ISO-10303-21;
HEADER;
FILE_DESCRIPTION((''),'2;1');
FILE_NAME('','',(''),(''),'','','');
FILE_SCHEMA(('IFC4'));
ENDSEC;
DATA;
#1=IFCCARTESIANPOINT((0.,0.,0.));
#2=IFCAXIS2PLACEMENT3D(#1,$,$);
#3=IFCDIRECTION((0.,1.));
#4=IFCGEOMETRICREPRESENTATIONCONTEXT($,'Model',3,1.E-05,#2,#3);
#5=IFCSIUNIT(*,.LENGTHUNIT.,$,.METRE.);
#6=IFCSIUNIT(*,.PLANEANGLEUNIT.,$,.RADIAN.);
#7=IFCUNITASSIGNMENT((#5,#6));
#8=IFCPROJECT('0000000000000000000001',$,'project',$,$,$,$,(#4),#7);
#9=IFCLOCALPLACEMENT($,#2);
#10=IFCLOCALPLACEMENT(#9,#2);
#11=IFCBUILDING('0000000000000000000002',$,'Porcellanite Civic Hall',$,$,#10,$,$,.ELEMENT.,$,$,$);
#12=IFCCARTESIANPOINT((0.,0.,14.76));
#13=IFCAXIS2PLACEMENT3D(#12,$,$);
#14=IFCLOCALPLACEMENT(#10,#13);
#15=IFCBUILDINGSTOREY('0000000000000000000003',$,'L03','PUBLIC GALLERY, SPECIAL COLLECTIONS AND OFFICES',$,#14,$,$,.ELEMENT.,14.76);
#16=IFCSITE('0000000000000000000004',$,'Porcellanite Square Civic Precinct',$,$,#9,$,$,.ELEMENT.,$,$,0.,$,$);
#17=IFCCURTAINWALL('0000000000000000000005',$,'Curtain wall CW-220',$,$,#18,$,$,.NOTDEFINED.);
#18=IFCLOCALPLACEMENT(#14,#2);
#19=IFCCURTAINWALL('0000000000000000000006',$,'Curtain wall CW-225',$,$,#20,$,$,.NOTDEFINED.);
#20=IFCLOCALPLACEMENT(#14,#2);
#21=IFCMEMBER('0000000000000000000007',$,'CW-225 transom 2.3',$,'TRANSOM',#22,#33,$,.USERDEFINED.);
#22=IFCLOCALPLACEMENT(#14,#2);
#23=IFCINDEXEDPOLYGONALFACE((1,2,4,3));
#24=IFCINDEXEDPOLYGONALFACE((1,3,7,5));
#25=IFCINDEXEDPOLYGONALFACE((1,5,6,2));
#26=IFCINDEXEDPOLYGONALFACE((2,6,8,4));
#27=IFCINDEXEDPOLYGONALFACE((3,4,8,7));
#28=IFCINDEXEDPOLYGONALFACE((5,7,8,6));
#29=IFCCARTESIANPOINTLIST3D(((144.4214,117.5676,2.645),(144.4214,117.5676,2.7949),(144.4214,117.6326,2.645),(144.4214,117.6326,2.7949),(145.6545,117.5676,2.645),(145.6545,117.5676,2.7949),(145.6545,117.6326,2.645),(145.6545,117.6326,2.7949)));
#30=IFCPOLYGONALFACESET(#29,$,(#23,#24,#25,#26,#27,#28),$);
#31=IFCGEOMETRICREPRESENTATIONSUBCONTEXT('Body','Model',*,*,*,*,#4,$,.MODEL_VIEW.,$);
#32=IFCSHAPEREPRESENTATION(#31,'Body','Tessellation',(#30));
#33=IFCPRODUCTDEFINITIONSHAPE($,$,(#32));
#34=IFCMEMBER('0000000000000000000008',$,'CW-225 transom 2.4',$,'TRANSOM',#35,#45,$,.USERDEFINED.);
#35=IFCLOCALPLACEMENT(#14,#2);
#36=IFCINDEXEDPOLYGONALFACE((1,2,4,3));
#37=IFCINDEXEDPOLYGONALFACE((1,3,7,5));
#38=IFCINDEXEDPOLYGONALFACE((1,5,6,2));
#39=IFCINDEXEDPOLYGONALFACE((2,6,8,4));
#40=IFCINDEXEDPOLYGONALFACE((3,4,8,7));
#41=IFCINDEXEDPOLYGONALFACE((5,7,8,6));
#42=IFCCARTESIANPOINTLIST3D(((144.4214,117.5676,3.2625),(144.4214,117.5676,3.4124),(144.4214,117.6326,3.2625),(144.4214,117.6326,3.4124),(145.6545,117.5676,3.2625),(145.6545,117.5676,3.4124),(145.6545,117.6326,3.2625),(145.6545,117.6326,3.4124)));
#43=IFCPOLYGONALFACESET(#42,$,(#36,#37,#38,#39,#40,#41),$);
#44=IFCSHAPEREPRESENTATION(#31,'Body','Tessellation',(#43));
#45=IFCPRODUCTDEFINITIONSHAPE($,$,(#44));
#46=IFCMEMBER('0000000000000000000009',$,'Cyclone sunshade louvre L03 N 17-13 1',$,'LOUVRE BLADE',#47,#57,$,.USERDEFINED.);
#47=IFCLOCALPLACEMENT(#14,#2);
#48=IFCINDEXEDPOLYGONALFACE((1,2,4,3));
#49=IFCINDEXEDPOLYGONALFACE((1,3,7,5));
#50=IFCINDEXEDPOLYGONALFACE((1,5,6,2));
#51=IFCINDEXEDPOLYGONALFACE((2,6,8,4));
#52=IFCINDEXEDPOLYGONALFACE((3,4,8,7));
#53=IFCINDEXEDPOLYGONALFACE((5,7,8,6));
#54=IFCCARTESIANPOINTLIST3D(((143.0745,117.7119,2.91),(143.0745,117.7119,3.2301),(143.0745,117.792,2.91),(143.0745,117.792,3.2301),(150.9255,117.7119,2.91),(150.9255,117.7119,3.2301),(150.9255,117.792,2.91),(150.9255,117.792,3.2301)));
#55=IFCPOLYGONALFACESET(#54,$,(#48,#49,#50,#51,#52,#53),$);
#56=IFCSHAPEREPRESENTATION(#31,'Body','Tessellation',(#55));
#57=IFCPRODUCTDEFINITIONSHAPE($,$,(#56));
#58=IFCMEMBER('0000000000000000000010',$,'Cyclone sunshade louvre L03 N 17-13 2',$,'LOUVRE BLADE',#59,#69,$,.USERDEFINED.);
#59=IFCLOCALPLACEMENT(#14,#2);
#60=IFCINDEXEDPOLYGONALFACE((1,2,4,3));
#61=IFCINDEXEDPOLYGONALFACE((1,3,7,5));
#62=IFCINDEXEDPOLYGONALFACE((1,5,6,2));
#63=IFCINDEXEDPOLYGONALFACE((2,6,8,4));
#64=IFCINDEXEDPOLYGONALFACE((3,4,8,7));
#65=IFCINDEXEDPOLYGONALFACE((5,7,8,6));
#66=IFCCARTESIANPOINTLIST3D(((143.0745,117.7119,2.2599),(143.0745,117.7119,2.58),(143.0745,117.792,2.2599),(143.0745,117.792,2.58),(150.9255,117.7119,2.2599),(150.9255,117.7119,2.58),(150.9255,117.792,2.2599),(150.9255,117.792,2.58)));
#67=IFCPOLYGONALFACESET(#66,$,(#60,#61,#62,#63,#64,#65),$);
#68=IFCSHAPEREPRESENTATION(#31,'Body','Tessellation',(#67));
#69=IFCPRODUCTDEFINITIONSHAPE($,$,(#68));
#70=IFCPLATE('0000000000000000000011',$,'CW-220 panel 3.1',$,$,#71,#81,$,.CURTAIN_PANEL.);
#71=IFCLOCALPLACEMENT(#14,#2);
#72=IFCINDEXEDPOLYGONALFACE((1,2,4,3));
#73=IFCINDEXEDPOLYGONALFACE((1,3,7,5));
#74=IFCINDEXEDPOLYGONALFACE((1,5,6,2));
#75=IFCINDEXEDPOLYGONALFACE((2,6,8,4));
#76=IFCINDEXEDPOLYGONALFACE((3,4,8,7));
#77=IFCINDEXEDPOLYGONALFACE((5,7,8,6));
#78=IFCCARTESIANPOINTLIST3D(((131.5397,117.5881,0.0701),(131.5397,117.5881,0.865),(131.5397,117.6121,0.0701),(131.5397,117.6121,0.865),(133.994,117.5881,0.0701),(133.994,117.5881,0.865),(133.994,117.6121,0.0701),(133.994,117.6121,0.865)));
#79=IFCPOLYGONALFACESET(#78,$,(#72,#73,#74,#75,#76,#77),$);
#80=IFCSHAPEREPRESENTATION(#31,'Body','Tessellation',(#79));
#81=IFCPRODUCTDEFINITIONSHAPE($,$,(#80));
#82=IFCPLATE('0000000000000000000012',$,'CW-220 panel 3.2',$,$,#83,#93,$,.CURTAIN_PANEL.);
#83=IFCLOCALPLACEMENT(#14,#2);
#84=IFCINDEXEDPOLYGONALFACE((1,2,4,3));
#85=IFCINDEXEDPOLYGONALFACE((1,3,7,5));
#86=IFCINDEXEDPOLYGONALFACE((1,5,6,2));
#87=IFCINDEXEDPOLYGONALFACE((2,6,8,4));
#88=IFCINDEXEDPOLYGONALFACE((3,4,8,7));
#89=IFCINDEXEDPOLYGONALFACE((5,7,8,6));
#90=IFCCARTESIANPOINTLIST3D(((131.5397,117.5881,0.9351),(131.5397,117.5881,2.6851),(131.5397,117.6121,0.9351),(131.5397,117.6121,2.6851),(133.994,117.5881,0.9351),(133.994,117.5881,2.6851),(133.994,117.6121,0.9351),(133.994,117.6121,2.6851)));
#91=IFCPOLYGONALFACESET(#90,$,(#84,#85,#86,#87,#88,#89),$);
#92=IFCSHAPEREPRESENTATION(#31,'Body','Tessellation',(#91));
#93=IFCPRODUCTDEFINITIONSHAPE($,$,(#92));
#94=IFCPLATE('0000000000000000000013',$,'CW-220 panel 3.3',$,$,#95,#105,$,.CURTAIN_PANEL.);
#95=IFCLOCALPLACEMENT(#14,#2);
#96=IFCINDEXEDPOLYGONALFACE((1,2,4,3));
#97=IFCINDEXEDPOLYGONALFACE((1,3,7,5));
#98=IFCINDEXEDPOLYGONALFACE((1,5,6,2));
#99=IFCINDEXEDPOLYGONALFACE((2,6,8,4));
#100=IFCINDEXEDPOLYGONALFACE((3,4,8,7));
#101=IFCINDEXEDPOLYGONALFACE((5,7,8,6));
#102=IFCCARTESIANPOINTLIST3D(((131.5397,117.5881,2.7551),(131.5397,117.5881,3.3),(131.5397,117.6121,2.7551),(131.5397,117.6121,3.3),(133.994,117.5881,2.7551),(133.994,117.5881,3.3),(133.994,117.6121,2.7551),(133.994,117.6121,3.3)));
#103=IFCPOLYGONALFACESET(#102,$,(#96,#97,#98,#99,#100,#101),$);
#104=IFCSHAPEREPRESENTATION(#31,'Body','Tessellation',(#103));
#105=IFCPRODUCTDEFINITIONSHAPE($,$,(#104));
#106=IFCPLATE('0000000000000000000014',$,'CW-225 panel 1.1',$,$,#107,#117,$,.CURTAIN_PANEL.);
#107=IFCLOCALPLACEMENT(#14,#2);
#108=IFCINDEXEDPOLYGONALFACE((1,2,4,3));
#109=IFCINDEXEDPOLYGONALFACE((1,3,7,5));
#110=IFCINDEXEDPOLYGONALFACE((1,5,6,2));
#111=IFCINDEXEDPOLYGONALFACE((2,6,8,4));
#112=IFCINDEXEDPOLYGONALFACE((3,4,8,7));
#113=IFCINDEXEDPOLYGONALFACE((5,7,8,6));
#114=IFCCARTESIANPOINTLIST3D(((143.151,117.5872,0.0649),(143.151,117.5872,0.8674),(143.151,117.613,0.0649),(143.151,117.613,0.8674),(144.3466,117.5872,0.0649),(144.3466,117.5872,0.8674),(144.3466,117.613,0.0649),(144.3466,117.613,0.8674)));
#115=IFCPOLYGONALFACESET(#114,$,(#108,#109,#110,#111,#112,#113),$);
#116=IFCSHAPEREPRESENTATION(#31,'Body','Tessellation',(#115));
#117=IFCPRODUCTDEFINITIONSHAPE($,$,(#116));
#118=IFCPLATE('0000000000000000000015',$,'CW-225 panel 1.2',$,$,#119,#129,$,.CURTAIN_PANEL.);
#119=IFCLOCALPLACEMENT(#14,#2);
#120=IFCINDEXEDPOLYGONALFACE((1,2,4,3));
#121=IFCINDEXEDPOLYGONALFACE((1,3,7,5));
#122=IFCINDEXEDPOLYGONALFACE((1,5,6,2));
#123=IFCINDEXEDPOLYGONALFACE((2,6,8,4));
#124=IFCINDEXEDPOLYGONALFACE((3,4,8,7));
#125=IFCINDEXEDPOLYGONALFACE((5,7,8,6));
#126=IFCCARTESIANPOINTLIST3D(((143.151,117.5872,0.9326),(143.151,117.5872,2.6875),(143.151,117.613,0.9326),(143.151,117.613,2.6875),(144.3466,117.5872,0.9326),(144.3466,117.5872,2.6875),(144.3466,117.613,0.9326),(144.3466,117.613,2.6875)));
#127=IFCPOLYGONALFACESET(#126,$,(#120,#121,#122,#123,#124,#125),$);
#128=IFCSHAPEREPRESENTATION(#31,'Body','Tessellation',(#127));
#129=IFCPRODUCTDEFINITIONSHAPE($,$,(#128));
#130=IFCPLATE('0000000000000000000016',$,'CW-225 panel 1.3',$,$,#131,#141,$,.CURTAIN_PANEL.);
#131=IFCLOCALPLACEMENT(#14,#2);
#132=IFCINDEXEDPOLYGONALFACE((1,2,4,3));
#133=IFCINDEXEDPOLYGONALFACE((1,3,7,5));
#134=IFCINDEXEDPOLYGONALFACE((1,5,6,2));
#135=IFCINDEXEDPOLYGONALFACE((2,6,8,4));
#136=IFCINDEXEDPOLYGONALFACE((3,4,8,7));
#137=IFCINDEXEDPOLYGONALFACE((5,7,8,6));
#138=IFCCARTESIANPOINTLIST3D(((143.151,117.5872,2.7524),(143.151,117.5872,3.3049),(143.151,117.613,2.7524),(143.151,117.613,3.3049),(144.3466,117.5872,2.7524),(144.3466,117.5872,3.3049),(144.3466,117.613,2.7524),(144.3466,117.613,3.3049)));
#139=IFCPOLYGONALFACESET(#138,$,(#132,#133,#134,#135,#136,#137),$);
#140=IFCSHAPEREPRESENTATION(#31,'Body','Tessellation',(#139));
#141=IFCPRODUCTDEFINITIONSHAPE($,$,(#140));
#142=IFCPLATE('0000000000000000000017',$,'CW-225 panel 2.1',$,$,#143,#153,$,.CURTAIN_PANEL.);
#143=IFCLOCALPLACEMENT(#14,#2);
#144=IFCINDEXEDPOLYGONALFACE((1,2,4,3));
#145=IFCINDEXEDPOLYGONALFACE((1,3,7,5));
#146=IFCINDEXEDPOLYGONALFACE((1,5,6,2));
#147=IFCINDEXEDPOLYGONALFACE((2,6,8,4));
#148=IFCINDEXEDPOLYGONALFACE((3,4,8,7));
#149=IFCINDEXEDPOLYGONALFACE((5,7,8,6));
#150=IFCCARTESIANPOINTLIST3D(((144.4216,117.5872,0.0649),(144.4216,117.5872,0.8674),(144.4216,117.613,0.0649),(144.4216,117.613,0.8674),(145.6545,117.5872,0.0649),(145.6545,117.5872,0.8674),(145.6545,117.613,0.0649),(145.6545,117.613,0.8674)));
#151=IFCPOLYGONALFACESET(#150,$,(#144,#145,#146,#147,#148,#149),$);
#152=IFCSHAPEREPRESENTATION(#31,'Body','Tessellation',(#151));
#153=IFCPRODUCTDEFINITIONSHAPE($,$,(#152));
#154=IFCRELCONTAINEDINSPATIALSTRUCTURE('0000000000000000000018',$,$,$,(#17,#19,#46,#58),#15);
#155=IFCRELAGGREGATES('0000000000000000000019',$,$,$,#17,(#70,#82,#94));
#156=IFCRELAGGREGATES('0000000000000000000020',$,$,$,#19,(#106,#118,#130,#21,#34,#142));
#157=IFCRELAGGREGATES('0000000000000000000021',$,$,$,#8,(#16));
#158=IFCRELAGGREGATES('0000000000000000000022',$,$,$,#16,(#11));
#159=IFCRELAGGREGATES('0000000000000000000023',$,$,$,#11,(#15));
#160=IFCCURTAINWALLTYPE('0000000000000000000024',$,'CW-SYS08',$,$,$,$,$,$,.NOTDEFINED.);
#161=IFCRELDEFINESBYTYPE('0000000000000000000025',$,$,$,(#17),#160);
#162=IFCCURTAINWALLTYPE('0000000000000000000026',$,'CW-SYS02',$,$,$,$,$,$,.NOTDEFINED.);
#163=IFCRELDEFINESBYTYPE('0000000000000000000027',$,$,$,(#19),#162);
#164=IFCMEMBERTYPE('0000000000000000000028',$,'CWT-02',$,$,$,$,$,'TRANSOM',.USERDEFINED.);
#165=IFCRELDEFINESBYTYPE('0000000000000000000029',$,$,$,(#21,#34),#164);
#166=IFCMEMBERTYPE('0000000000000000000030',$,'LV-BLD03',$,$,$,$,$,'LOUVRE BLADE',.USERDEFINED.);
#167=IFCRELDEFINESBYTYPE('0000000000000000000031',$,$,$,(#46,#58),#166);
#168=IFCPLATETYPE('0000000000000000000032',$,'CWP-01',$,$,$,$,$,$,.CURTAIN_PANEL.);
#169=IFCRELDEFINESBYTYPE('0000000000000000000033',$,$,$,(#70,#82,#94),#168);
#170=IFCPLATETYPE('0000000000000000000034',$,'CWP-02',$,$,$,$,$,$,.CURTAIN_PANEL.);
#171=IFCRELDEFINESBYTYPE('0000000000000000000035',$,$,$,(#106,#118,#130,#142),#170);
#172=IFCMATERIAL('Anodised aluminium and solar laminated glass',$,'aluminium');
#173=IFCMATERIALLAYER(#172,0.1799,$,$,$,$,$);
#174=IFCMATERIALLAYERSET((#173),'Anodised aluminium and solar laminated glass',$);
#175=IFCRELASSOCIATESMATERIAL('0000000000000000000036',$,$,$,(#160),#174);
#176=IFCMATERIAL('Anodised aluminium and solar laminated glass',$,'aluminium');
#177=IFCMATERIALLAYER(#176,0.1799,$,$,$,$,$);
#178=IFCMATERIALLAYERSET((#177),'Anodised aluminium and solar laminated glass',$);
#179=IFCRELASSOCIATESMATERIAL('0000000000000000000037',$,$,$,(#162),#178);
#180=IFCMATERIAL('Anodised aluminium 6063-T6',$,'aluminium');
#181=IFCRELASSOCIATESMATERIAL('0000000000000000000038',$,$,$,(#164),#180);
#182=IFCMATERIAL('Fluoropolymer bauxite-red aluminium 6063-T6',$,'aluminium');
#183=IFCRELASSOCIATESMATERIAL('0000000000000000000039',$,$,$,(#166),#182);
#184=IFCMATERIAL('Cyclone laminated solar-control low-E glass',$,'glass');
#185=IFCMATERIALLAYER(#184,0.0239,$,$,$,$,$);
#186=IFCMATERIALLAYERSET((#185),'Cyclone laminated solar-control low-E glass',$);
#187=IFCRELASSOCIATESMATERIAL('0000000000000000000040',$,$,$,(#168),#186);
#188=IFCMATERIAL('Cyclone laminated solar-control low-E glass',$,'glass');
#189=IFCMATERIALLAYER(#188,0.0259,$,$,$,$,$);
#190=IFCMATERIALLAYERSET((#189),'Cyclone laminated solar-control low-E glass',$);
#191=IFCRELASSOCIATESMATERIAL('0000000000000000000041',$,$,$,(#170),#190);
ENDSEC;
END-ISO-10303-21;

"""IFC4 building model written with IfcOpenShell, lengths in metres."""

from ifc_helpers import new_model, si_unit, direction, frame, origin, origin_2d, place, context, subcontext, project, spatial, rectangle, extrude, material, layer, layer_set, material_profile, profile_set, type_object, element, aggregate, save


model = new_model("IFC4")

# Units and contexts
model_context = context("Model", 3, precision=1e-05, world=origin(), true_north=direction((0.0, 1.0)))
body_context = subcontext(model_context, "Body", "Model", "MODEL_VIEW")
ifc_project = project(units=[si_unit("LENGTHUNIT", "METRE"), si_unit("PLANEANGLEUNIT", "RADIAN")], contexts=[model_context])

# Site, building, storey
site_placement = place(None, origin())
site = spatial("IfcSite", under=ifc_project, at=site_placement, Name="Porcellanite Square Civic Precinct", CompositionType="ELEMENT", RefElevation=0.0)
building_placement = place(site_placement, origin())
building = spatial("IfcBuilding", under=site, at=building_placement, Name="Porcellanite Civic Hall", CompositionType="ELEMENT")
storey_placement = place(building_placement, frame((0.0, 0.0, 14.76)))
storey = spatial("IfcBuildingStorey", under=building, at=storey_placement, Name="L03", Description="PUBLIC GALLERY, SPECIAL COLLECTIONS AND OFFICES", CompositionType="ELEMENT", Elevation=14.76)

# Curtain wall
ifc_material_1 = material(Name="Anodised aluminium and solar laminated glass", Category="aluminium")
ifc_layer_1 = layer(ifc_material_1, 0.1799)
ifc_layer_set_1 = layer_set([ifc_layer_1], Name="Anodised aluminium and solar laminated glass")
curtain_wall_type_1 = type_object("IfcCurtainWallType", Name="CW-SYS08", PredefinedType="NOTDEFINED", material=ifc_layer_set_1)
curtain_wall_1_placement = place(storey_placement, origin())
curtain_wall_1 = element("IfcCurtainWall", 1, at=curtain_wall_1_placement, inside=storey, type_object=curtain_wall_type_1, Name="Curtain wall CW-220", PredefinedType="NOTDEFINED")

# Curtain wall, members
ifc_material_2 = material(Name="Anodised aluminium and solar laminated glass", Category="aluminium")
ifc_layer_2 = layer(ifc_material_2, 0.1799)
ifc_layer_set_2 = layer_set([ifc_layer_2], Name="Anodised aluminium and solar laminated glass")
curtain_wall_type_2 = type_object("IfcCurtainWallType", Name="CW-SYS02", PredefinedType="NOTDEFINED", material=ifc_layer_set_2)
curtain_wall_2_placement = place(storey_placement, origin())
curtain_wall_2 = element("IfcCurtainWall", 2, at=curtain_wall_2_placement, inside=storey, type_object=curtain_wall_type_2, Name="Curtain wall CW-225", PredefinedType="NOTDEFINED")
ifc_material_3 = material(Name="Anodised aluminium 6063-T6", Category="aluminium")
ifc_material_profile_1 = material_profile(ifc_material_3, rectangle(XDim=0.0649, YDim=0.1499, at=origin_2d()), Name="AL-65x150")
ifc_profile_set_1 = profile_set([ifc_material_profile_1], Name="Anodised aluminium 6063-T6")
member_type_1 = type_object("IfcMemberType", Name="CWT-02", ElementType="TRANSOM", PredefinedType="USERDEFINED", material=ifc_profile_set_1)
member_1_placement = place(storey_placement, frame((144.4214, 117.6001, 2.72), z_axis=(1.0, 0.0, 0.0), x_axis=(0.0, 1.0, 0.0)))
member_1 = element("IfcMember", 3, at=member_1_placement, type_object=member_type_1, Name="CW-225 transom 2.3", ObjectType="TRANSOM", PredefinedType="USERDEFINED", context=body_context, shape_type="SweptSolid", body=[
    extrude(rectangle(XDim=0.0649, YDim=0.1499, at=origin_2d()), origin(), (0.0, 0.0, 1.0), 1.2332),
])
member_2_placement = place(storey_placement, frame((144.4214, 117.6001, 3.3374), z_axis=(1.0, 0.0, 0.0), x_axis=(0.0, 1.0, 0.0)))
member_2 = element("IfcMember", 4, at=member_2_placement, type_object=member_type_1, Name="CW-225 transom 2.4", ObjectType="TRANSOM", PredefinedType="USERDEFINED", context=body_context, shape_type="SweptSolid", body=[
    extrude(rectangle(XDim=0.0649, YDim=0.1499, at=origin_2d()), origin(), (0.0, 0.0, 1.0), 1.2332),
])

# Members
ifc_material_4 = material(Name="Fluoropolymer bauxite-red aluminium 6063-T6", Category="aluminium")
ifc_material_profile_2 = material_profile(ifc_material_4, rectangle(XDim=0.0801, YDim=0.3201, at=origin_2d()), Name="AL-80x320")
ifc_profile_set_2 = profile_set([ifc_material_profile_2], Name="Fluoropolymer bauxite-red aluminium 6063-T6")
member_type_2 = type_object("IfcMemberType", Name="LV-BLD03", ElementType="LOUVRE BLADE", PredefinedType="USERDEFINED", material=ifc_profile_set_2)
for number, where, z_axis, x_axis, name in (
    (5, (143.0745, 117.752, 3.0701), (1.0, 0.0, 0.0), (0.0, 1.0, 0.0), "Cyclone sunshade louvre L03 N 17-13 1"),
    (6, (143.0745, 117.752, 2.4199), (1.0, 0.0, 0.0), (0.0, 1.0, 0.0), "Cyclone sunshade louvre L03 N 17-13 2"),
):
    element("IfcMember", number, at=place(storey_placement, frame(where, z_axis=z_axis, x_axis=x_axis)), inside=storey, type_object=member_type_2, Name=name, ObjectType="LOUVRE BLADE", PredefinedType="USERDEFINED", context=body_context, shape_type="SweptSolid", body=[
        extrude(rectangle(XDim=0.0801, YDim=0.3201, at=origin_2d()), origin(), (0.0, 0.0, 1.0), 7.8511),
    ])

# Plates
ifc_material_5 = material(Name="Cyclone laminated solar-control low-E glass", Category="glass")
ifc_layer_3 = layer(ifc_material_5, 0.0239)
ifc_layer_set_3 = layer_set([ifc_layer_3], Name="Cyclone laminated solar-control low-E glass")
plate_type_1 = type_object("IfcPlateType", Name="CWP-01", PredefinedType="CURTAIN_PANEL", material=ifc_layer_set_3)
plate_1_placement = place(storey_placement, frame((132.7668, 117.6001, 0.0701), z_axis=(0.0, 0.0, 1.0), x_axis=(1.0, 0.0, 0.0)))
plate_1 = element("IfcPlate", 7, at=plate_1_placement, type_object=plate_type_1, Name="CW-220 panel 3.1", PredefinedType="CURTAIN_PANEL", context=body_context, shape_type="SweptSolid", body=[
    extrude(rectangle(XDim=2.4543, YDim=0.0239, at=origin_2d()), origin(), (0.0, 0.0, 1.0), 0.7949),
])
plate_2_placement = place(storey_placement, frame((132.7668, 117.6001, 0.9351), z_axis=(0.0, 0.0, 1.0), x_axis=(1.0, 0.0, 0.0)))
plate_2 = element("IfcPlate", 8, at=plate_2_placement, type_object=plate_type_1, Name="CW-220 panel 3.2", PredefinedType="CURTAIN_PANEL", context=body_context, shape_type="SweptSolid", body=[
    extrude(rectangle(XDim=2.4543, YDim=0.0239, at=origin_2d()), origin(), (0.0, 0.0, 1.0), 1.75),
])
plate_3_placement = place(storey_placement, frame((132.7668, 117.6001, 2.7551), z_axis=(0.0, 0.0, 1.0), x_axis=(1.0, 0.0, 0.0)))
plate_3 = element("IfcPlate", 9, at=plate_3_placement, type_object=plate_type_1, Name="CW-220 panel 3.3", PredefinedType="CURTAIN_PANEL", context=body_context, shape_type="SweptSolid", body=[
    extrude(rectangle(XDim=2.4543, YDim=0.0239, at=origin_2d()), origin(), (0.0, 0.0, 1.0), 0.5449),
])
aggregate(curtain_wall_1, [plate_1, plate_2, plate_3])
ifc_material_6 = material(Name="Cyclone laminated solar-control low-E glass", Category="glass")
ifc_layer_4 = layer(ifc_material_6, 0.0259)
ifc_layer_set_4 = layer_set([ifc_layer_4], Name="Cyclone laminated solar-control low-E glass")
plate_type_2 = type_object("IfcPlateType", Name="CWP-02", PredefinedType="CURTAIN_PANEL", material=ifc_layer_set_4)
plate_4_placement = place(storey_placement, frame((143.7488, 117.6001, 0.0649), z_axis=(0.0, 0.0, 1.0), x_axis=(1.0, 0.0, 0.0)))
plate_4 = element("IfcPlate", 10, at=plate_4_placement, type_object=plate_type_2, Name="CW-225 panel 1.1", PredefinedType="CURTAIN_PANEL", context=body_context, shape_type="SweptSolid", body=[
    extrude(rectangle(XDim=1.1956, YDim=0.0259, at=origin_2d()), origin(), (0.0, 0.0, 1.0), 0.8025),
])
plate_5_placement = place(storey_placement, frame((143.7488, 117.6001, 0.9326), z_axis=(0.0, 0.0, 1.0), x_axis=(1.0, 0.0, 0.0)))
plate_5 = element("IfcPlate", 11, at=plate_5_placement, type_object=plate_type_2, Name="CW-225 panel 1.2", PredefinedType="CURTAIN_PANEL", context=body_context, shape_type="SweptSolid", body=[
    extrude(rectangle(XDim=1.1956, YDim=0.0259, at=origin_2d()), origin(), (0.0, 0.0, 1.0), 1.7549),
])
plate_6_placement = place(storey_placement, frame((143.7488, 117.6001, 2.7524), z_axis=(0.0, 0.0, 1.0), x_axis=(1.0, 0.0, 0.0)))
plate_6 = element("IfcPlate", 12, at=plate_6_placement, type_object=plate_type_2, Name="CW-225 panel 1.3", PredefinedType="CURTAIN_PANEL", context=body_context, shape_type="SweptSolid", body=[
    extrude(rectangle(XDim=1.1956, YDim=0.0259, at=origin_2d()), origin(), (0.0, 0.0, 1.0), 0.5525),
])
plate_7_placement = place(storey_placement, frame((145.0381, 117.6001, 0.0649), z_axis=(0.0, 0.0, 1.0), x_axis=(1.0, 0.0, 0.0)))
plate_7 = element("IfcPlate", 13, at=plate_7_placement, type_object=plate_type_2, Name="CW-225 panel 2.1", PredefinedType="CURTAIN_PANEL", context=body_context, shape_type="SweptSolid", body=[
    extrude(rectangle(XDim=1.2329, YDim=0.0259, at=origin_2d()), origin(), (0.0, 0.0, 1.0), 0.8025),
])
aggregate(curtain_wall_2, [plate_4, plate_5, plate_6, member_1, member_2, plate_7])

save(model, "model.ifc")
